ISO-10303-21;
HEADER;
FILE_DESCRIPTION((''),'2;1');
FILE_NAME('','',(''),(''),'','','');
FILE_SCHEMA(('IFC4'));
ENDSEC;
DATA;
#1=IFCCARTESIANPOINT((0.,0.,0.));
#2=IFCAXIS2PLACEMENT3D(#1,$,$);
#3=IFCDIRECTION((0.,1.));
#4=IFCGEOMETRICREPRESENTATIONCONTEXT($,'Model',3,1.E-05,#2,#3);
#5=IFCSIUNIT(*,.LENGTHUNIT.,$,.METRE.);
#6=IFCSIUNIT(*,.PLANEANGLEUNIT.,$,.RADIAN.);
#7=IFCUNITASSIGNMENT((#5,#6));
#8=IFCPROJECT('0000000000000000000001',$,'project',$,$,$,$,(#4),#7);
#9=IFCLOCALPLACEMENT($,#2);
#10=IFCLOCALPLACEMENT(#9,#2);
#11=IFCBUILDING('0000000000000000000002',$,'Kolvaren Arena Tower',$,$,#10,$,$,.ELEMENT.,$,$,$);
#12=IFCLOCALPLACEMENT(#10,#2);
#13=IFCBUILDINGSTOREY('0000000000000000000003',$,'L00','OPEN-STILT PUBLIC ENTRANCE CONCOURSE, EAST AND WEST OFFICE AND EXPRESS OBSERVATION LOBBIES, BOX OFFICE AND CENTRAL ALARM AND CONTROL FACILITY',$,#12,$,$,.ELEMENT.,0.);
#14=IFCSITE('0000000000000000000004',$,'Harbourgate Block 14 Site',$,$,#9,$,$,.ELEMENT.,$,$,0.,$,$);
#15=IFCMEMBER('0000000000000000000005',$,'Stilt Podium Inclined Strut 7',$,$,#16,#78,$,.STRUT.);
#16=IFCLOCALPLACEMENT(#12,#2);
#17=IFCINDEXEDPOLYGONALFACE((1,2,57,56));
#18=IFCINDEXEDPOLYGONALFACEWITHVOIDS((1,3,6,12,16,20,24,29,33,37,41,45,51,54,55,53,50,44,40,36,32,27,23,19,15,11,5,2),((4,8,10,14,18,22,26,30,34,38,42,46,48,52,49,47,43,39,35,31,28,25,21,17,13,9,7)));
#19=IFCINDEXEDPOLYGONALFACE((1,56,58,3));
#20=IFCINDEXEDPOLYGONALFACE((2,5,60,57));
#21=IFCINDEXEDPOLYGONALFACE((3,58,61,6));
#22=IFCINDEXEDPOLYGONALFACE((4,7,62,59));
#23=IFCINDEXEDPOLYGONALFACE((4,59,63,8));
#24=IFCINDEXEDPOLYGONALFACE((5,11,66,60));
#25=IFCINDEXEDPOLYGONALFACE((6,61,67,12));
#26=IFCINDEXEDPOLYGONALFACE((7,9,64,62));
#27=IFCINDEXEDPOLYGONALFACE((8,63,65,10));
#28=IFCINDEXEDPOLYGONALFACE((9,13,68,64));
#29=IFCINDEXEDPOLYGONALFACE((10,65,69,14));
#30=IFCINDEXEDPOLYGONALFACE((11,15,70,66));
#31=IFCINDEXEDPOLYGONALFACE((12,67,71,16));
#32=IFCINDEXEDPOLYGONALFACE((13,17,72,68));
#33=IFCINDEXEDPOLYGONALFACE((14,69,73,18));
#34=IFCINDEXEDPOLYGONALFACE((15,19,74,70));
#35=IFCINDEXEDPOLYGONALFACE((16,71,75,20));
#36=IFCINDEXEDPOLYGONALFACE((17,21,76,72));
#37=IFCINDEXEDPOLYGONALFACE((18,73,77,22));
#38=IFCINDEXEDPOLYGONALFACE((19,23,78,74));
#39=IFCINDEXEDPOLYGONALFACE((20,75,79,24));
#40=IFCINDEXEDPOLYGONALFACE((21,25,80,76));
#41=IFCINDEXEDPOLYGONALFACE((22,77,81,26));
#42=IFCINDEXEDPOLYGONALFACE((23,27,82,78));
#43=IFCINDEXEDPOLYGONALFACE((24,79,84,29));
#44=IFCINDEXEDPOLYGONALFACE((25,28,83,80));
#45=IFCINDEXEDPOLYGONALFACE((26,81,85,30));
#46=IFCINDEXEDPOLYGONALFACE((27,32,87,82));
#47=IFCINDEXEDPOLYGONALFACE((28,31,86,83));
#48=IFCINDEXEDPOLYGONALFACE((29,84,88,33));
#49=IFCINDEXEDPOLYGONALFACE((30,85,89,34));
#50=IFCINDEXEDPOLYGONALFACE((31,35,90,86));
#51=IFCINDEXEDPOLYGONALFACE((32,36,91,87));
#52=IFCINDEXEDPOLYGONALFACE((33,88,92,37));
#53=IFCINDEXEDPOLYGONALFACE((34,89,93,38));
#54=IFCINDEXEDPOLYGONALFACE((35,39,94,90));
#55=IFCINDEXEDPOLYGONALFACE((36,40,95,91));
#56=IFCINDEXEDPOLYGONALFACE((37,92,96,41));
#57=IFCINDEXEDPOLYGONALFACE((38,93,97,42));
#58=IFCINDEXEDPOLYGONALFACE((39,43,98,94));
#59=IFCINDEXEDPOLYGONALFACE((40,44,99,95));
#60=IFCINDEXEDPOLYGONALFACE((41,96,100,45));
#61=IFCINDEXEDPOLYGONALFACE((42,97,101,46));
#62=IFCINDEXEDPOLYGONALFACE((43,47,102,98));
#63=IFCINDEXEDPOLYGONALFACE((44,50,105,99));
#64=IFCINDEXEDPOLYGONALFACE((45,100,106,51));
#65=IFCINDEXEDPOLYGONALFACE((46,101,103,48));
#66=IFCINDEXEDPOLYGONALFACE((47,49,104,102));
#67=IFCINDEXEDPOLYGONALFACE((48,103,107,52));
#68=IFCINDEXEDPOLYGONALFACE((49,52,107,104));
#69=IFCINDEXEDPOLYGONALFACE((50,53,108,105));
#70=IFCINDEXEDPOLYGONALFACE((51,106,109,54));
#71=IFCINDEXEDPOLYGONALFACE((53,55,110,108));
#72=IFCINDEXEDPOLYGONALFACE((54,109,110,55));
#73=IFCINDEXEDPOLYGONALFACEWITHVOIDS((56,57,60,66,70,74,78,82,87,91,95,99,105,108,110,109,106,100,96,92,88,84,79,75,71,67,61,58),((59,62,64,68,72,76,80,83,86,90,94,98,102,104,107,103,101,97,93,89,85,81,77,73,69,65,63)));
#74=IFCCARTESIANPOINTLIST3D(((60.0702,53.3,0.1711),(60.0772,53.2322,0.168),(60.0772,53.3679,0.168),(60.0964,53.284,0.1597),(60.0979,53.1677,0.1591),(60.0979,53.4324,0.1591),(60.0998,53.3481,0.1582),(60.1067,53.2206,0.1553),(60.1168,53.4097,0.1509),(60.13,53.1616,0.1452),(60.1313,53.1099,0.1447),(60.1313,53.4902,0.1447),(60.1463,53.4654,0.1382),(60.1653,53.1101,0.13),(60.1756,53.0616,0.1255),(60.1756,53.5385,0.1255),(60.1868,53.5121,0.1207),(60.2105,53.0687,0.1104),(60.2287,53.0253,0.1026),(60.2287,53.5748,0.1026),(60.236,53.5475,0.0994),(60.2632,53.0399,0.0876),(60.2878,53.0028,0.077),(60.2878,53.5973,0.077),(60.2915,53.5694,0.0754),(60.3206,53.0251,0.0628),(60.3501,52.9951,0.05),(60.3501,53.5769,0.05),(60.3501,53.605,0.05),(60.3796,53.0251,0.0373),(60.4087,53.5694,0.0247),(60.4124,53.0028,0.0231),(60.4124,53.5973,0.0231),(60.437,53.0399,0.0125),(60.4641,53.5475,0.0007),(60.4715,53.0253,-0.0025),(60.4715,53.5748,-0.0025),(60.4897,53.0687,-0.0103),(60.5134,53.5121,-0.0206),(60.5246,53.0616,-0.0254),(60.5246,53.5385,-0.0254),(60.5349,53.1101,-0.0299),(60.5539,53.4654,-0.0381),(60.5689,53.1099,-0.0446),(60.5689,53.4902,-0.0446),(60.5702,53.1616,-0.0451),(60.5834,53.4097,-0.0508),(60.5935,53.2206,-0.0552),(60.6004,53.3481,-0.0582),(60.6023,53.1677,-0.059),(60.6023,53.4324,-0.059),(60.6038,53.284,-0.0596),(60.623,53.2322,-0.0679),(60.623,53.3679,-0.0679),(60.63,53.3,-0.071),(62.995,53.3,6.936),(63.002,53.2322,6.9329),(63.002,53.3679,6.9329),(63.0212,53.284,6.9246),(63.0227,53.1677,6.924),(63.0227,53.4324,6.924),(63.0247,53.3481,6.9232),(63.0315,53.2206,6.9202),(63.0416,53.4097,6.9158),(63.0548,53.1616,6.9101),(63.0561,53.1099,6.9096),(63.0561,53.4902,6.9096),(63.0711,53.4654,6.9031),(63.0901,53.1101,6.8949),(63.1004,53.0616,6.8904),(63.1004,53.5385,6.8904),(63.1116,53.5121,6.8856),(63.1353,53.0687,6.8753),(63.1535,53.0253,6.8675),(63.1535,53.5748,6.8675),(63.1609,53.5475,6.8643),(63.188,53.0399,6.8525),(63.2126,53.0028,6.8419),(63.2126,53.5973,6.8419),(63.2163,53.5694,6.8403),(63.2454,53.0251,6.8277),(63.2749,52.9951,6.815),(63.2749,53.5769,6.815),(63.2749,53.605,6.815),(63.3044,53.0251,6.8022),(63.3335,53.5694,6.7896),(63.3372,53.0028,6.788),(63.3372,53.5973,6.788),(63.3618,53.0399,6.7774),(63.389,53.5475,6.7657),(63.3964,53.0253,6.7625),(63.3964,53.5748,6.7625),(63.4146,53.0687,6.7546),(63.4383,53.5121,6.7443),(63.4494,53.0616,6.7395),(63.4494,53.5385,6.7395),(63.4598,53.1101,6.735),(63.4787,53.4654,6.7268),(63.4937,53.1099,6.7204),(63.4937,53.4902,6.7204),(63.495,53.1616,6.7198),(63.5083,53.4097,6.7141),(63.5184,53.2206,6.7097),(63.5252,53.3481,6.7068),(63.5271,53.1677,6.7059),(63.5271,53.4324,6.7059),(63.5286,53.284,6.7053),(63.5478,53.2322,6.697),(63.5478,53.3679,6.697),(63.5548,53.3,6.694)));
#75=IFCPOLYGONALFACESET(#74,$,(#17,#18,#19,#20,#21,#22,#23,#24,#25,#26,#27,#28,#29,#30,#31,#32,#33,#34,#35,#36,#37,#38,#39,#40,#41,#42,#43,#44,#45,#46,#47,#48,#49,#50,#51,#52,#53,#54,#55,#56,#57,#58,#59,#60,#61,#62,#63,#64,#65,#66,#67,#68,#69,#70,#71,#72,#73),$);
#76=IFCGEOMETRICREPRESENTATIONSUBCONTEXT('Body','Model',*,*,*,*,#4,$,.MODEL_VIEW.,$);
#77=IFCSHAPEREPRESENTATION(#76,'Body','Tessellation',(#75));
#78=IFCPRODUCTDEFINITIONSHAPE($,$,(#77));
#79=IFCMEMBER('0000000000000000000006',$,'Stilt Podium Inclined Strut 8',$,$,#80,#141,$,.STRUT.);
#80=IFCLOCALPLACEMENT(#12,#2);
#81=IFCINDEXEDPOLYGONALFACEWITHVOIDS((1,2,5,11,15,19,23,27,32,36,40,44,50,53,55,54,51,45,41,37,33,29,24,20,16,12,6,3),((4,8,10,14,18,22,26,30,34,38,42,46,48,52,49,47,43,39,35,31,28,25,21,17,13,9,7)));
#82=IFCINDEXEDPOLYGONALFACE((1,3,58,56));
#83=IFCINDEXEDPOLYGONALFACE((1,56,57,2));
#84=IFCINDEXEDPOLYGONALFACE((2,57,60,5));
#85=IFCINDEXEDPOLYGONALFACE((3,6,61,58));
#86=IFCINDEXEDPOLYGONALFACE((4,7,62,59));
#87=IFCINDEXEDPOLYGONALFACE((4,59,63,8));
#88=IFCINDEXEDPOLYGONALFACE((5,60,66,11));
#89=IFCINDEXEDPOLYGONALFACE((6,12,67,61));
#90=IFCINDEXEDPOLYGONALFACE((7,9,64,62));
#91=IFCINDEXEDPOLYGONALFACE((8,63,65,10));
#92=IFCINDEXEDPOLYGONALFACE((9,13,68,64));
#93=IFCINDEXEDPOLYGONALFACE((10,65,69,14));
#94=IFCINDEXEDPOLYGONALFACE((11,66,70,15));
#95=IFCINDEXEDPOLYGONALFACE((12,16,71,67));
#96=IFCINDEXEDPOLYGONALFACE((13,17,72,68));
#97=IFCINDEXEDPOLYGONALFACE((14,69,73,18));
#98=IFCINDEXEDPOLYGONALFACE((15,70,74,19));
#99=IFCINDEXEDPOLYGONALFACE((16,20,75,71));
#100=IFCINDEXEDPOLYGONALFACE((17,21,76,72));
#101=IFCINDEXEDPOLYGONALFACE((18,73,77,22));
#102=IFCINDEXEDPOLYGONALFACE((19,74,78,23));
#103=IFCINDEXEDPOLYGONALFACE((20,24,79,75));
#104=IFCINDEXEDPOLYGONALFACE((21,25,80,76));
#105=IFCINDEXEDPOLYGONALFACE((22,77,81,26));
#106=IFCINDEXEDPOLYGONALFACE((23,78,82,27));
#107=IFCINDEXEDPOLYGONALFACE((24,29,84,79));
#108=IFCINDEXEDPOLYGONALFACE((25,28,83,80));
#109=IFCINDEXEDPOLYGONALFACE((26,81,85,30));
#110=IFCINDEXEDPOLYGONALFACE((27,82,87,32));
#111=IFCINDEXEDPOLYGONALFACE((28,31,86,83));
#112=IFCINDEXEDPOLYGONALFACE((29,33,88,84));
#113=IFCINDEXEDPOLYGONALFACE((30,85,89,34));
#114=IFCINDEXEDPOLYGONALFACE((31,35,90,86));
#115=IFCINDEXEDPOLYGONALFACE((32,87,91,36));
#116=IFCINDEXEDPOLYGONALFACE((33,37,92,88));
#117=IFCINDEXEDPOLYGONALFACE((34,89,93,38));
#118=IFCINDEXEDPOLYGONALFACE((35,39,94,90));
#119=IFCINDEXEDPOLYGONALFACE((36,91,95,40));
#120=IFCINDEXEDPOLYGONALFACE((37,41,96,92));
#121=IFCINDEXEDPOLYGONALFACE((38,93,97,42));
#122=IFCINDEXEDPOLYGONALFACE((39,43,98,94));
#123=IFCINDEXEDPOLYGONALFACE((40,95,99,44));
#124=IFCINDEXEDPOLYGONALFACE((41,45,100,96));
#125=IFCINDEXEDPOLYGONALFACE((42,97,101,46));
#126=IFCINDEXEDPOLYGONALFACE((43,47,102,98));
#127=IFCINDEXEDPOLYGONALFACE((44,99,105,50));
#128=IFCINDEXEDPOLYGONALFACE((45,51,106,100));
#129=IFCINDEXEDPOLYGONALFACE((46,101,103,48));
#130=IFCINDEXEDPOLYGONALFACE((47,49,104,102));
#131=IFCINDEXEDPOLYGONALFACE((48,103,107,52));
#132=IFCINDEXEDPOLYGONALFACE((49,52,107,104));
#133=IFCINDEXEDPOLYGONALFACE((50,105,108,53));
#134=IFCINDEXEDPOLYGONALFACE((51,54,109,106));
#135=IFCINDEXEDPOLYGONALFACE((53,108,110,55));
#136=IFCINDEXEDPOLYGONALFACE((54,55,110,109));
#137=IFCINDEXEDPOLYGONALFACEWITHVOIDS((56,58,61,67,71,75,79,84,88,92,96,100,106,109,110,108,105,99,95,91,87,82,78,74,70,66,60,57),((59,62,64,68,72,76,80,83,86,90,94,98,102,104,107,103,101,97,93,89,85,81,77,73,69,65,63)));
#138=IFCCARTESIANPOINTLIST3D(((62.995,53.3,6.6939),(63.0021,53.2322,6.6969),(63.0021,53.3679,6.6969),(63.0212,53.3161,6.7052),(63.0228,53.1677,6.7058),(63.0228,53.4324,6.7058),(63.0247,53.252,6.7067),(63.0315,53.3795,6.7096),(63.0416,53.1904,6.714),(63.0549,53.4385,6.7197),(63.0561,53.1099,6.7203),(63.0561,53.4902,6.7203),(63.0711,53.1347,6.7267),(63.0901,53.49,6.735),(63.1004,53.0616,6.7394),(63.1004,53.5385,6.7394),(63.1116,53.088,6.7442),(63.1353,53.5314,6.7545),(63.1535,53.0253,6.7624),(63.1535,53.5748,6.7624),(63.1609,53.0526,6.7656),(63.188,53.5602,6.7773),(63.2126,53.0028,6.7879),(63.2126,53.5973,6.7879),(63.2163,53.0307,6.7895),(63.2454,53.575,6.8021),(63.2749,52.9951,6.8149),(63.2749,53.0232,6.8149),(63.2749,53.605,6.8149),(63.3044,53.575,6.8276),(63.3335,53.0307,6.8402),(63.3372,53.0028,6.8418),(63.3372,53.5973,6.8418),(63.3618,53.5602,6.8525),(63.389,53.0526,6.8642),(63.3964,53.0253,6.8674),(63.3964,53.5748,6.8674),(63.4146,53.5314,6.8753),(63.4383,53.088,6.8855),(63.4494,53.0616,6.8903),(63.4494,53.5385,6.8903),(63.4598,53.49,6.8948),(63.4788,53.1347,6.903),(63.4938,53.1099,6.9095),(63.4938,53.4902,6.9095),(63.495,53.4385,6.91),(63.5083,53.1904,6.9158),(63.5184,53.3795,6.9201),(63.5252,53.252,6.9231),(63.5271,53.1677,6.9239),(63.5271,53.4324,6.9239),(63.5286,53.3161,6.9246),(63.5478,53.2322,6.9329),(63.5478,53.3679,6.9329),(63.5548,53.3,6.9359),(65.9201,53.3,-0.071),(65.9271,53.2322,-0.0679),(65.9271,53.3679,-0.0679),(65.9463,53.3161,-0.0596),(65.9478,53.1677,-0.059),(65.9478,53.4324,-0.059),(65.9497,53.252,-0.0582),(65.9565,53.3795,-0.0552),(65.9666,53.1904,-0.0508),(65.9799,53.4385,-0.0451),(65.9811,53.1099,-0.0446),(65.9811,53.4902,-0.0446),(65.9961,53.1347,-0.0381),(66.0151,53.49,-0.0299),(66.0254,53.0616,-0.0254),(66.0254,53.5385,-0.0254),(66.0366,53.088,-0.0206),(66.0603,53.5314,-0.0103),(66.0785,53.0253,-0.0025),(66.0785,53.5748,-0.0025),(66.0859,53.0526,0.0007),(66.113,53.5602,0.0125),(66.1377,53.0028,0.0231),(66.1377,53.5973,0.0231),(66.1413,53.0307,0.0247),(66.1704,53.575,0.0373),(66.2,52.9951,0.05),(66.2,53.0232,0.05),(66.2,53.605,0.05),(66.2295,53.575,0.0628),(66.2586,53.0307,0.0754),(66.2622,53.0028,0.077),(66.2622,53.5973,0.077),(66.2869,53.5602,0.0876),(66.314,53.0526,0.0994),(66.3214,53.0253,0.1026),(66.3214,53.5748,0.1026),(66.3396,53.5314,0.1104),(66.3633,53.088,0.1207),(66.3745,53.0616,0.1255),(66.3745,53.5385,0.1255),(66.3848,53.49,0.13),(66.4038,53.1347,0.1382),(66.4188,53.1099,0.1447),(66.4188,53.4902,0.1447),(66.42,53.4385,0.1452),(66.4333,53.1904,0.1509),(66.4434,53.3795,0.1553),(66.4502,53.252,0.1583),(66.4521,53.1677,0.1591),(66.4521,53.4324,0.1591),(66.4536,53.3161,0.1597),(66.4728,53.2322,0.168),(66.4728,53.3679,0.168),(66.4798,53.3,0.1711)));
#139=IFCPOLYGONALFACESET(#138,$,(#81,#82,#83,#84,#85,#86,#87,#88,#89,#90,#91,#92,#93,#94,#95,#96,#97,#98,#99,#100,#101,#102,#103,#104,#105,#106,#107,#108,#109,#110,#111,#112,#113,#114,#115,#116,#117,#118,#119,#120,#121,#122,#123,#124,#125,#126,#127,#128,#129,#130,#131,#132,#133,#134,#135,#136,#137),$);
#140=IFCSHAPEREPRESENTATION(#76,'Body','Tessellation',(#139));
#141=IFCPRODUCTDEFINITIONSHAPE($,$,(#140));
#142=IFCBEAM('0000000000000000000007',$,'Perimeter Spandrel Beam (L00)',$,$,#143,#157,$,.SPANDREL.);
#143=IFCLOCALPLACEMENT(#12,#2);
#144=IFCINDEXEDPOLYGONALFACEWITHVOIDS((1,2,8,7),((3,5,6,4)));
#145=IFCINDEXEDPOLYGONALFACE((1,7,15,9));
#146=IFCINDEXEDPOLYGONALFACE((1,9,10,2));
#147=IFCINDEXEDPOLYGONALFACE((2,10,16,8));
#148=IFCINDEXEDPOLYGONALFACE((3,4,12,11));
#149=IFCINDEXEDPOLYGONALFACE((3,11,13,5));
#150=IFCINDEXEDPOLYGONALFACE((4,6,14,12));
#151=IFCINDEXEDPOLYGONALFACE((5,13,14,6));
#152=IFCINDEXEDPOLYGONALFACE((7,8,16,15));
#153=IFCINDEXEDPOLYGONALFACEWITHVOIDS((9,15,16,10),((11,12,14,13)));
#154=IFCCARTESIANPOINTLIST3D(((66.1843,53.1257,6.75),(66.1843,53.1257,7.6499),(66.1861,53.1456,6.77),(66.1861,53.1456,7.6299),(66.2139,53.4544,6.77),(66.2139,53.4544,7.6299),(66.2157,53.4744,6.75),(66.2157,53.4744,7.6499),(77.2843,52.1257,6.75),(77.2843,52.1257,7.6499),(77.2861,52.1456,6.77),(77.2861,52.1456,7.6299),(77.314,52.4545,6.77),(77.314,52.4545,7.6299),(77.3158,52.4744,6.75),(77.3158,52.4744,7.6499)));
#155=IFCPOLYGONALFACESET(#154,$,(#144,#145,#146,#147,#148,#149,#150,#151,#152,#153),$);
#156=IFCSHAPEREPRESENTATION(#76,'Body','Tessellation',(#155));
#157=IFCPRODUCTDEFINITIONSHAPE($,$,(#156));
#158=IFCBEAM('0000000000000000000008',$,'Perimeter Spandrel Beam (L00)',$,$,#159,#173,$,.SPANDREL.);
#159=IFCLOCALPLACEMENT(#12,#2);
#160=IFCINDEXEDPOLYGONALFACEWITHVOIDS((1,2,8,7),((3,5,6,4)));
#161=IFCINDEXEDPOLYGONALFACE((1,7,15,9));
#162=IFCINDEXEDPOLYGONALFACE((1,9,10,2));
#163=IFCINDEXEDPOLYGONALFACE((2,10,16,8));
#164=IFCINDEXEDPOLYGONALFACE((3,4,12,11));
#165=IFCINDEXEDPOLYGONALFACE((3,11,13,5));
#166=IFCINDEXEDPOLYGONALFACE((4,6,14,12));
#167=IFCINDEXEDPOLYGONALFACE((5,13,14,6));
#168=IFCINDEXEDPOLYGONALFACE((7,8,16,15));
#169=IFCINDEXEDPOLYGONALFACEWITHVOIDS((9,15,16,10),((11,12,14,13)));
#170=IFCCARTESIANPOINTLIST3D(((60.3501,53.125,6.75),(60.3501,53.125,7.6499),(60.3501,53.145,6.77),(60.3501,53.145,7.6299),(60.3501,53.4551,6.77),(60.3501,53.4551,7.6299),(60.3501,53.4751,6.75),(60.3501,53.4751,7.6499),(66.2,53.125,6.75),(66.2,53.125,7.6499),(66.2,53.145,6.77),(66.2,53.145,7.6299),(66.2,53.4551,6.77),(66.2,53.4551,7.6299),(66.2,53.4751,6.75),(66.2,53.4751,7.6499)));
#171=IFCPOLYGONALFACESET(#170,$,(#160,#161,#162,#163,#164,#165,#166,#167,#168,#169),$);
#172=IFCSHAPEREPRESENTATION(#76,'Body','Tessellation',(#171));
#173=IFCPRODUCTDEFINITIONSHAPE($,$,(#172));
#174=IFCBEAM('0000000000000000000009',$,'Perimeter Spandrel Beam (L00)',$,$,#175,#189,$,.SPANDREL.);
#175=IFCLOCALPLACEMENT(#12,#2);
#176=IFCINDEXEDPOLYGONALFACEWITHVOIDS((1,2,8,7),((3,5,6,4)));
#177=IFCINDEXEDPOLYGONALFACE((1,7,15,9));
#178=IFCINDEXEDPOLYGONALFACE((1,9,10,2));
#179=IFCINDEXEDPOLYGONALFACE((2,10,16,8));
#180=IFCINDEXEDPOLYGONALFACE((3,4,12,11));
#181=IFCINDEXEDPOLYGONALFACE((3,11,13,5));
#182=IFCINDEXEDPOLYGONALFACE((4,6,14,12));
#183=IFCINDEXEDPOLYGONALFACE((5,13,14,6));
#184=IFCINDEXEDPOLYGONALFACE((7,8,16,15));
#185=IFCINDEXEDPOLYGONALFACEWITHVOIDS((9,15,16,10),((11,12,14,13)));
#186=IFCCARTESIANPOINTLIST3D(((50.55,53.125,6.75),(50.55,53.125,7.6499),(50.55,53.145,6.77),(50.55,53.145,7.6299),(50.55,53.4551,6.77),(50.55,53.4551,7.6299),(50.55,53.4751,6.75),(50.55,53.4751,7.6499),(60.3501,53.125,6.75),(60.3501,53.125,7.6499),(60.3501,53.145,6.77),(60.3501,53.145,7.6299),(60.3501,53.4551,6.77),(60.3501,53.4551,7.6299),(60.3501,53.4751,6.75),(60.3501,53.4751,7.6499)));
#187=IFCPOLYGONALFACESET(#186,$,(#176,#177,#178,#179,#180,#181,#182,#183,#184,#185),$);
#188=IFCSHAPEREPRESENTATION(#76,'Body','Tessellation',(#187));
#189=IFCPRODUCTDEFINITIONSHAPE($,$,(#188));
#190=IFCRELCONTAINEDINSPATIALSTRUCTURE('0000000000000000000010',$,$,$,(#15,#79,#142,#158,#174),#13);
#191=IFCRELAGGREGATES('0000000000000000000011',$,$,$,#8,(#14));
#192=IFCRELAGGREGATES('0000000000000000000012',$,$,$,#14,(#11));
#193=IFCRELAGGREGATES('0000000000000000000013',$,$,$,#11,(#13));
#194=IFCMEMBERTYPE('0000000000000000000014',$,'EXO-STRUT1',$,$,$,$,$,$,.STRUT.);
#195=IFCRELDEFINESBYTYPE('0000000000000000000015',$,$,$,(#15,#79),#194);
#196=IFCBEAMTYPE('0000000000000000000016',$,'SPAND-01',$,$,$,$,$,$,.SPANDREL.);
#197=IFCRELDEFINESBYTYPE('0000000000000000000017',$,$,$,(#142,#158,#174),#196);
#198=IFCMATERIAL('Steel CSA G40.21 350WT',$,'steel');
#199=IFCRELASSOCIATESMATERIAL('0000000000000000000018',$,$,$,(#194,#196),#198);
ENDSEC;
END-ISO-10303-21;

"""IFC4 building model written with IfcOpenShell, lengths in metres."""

from ifc_helpers import new_model, si_unit, direction, frame, origin, origin_2d, place, context, subcontext, project, spatial, hollow_rectangle, hollow_circle, extrude, material, material_profile, profile_set, type_object, element, save


model = new_model("IFC4")

# Units and contexts
model_context = context("Model", 3, precision=1e-05, world=origin(), true_north=direction((0.0, 1.0)))
body_context = subcontext(model_context, "Body", "Model", "MODEL_VIEW")
ifc_project = project(units=[si_unit("LENGTHUNIT", "METRE"), si_unit("PLANEANGLEUNIT", "RADIAN")], contexts=[model_context])

# Site, building, storey
site_placement = place(None, origin())
site = spatial("IfcSite", under=ifc_project, at=site_placement, Name="Harbourgate Block 14 Site", CompositionType="ELEMENT", RefElevation=0.0)
building_placement = place(site_placement, origin())
building = spatial("IfcBuilding", under=site, at=building_placement, Name="Kolvaren Arena Tower", CompositionType="ELEMENT")
storey_placement = place(building_placement, origin())
storey = spatial("IfcBuildingStorey", under=building, at=storey_placement, Name="L00", Description="OPEN-STILT PUBLIC ENTRANCE CONCOURSE, EAST AND WEST OFFICE AND EXPRESS OBSERVATION LOBBIES, BOX OFFICE AND CENTRAL ALARM AND CONTROL FACILITY", CompositionType="ELEMENT", Elevation=0.0)

# Members
ifc_material_1 = material(Name="Steel CSA G40.21 350WT", Category="steel")
ifc_material_profile_1 = material_profile(ifc_material_1, hollow_circle(Radius=0.3049, WallThickness=0.0281, at=origin_2d()), Name="CHS 610x28")
ifc_profile_set_1 = profile_set([ifc_material_profile_1], Name="Steel CSA G40.21 350WT")
member_type = type_object("IfcMemberType", Name="EXO-STRUT1", PredefinedType="STRUT", material=ifc_profile_set_1)
for number, where, z_axis, x_axis, name in (
    (1, (60.3501, 53.3, 0.05), (0.396848, 0.0, 0.917884), (0.0, 1.0, 0.0), "Stilt Podium Inclined Strut 7"),
    (2, (66.2, 53.3, 0.05), (-0.396876, 0.0, 0.917872), (0.0, -1.0, 0.0), "Stilt Podium Inclined Strut 8"),
):
    element("IfcMember", number, at=place(storey_placement, frame(where, z_axis=z_axis, x_axis=x_axis)), inside=storey, type_object=member_type, Name=name, PredefinedType="STRUT", context=body_context, shape_type="SweptSolid", body=[
        extrude(hollow_circle(Radius=0.3049, WallThickness=0.0281, at=origin_2d()), origin(), (0.0, 0.0, 1.0), 7.3701),
    ])

# Beams
ifc_material_profile_2 = material_profile(ifc_material_1, hollow_rectangle(XDim=0.3501, YDim=0.8999, WallThickness=0.02, at=origin_2d()), Name="HSS 900x350x20")
ifc_profile_set_2 = profile_set([ifc_material_profile_2], Name="Steel CSA G40.21 350WT")
beam_type = type_object("IfcBeamType", Name="SPAND-01", PredefinedType="SPANDREL", material=ifc_profile_set_2)
beam_1_placement = place(storey_placement, frame((77.3, 52.3, 7.2), z_axis=(-0.995966, 0.089726, 0.0), x_axis=(-0.089726, -0.995966, 0.0)))
element("IfcBeam", 3, at=beam_1_placement, inside=storey, type_object=beam_type, Name="Perimeter Spandrel Beam (L00)", PredefinedType="SPANDREL", context=body_context, shape_type="SweptSolid", body=[
    extrude(hollow_rectangle(XDim=0.3501, YDim=0.8999, WallThickness=0.02, at=origin_2d()), origin(), (0.0, 0.0, 1.0), 11.145),
])
beam_2_placement = place(storey_placement, frame((66.2, 53.3, 7.2), z_axis=(-1.0, 0.0, 0.0), x_axis=(0.0, -1.0, 0.0)))
element("IfcBeam", 4, at=beam_2_placement, inside=storey, type_object=beam_type, Name="Perimeter Spandrel Beam (L00)", PredefinedType="SPANDREL", context=body_context, shape_type="SweptSolid", body=[
    extrude(hollow_rectangle(XDim=0.3501, YDim=0.8999, WallThickness=0.02, at=origin_2d()), origin(), (0.0, 0.0, 1.0), 5.8499),
])
beam_3_placement = place(storey_placement, frame((60.3501, 53.3, 7.2), z_axis=(-1.0, 0.0, 0.0), x_axis=(0.0, -1.0, 0.0)))
element("IfcBeam", 5, at=beam_3_placement, inside=storey, type_object=beam_type, Name="Perimeter Spandrel Beam (L00)", PredefinedType="SPANDREL", context=body_context, shape_type="SweptSolid", body=[
    extrude(hollow_rectangle(XDim=0.3501, YDim=0.8999, WallThickness=0.02, at=origin_2d()), origin(), (0.0, 0.0, 1.0), 9.8),
])

save(model, "model.ifc")
